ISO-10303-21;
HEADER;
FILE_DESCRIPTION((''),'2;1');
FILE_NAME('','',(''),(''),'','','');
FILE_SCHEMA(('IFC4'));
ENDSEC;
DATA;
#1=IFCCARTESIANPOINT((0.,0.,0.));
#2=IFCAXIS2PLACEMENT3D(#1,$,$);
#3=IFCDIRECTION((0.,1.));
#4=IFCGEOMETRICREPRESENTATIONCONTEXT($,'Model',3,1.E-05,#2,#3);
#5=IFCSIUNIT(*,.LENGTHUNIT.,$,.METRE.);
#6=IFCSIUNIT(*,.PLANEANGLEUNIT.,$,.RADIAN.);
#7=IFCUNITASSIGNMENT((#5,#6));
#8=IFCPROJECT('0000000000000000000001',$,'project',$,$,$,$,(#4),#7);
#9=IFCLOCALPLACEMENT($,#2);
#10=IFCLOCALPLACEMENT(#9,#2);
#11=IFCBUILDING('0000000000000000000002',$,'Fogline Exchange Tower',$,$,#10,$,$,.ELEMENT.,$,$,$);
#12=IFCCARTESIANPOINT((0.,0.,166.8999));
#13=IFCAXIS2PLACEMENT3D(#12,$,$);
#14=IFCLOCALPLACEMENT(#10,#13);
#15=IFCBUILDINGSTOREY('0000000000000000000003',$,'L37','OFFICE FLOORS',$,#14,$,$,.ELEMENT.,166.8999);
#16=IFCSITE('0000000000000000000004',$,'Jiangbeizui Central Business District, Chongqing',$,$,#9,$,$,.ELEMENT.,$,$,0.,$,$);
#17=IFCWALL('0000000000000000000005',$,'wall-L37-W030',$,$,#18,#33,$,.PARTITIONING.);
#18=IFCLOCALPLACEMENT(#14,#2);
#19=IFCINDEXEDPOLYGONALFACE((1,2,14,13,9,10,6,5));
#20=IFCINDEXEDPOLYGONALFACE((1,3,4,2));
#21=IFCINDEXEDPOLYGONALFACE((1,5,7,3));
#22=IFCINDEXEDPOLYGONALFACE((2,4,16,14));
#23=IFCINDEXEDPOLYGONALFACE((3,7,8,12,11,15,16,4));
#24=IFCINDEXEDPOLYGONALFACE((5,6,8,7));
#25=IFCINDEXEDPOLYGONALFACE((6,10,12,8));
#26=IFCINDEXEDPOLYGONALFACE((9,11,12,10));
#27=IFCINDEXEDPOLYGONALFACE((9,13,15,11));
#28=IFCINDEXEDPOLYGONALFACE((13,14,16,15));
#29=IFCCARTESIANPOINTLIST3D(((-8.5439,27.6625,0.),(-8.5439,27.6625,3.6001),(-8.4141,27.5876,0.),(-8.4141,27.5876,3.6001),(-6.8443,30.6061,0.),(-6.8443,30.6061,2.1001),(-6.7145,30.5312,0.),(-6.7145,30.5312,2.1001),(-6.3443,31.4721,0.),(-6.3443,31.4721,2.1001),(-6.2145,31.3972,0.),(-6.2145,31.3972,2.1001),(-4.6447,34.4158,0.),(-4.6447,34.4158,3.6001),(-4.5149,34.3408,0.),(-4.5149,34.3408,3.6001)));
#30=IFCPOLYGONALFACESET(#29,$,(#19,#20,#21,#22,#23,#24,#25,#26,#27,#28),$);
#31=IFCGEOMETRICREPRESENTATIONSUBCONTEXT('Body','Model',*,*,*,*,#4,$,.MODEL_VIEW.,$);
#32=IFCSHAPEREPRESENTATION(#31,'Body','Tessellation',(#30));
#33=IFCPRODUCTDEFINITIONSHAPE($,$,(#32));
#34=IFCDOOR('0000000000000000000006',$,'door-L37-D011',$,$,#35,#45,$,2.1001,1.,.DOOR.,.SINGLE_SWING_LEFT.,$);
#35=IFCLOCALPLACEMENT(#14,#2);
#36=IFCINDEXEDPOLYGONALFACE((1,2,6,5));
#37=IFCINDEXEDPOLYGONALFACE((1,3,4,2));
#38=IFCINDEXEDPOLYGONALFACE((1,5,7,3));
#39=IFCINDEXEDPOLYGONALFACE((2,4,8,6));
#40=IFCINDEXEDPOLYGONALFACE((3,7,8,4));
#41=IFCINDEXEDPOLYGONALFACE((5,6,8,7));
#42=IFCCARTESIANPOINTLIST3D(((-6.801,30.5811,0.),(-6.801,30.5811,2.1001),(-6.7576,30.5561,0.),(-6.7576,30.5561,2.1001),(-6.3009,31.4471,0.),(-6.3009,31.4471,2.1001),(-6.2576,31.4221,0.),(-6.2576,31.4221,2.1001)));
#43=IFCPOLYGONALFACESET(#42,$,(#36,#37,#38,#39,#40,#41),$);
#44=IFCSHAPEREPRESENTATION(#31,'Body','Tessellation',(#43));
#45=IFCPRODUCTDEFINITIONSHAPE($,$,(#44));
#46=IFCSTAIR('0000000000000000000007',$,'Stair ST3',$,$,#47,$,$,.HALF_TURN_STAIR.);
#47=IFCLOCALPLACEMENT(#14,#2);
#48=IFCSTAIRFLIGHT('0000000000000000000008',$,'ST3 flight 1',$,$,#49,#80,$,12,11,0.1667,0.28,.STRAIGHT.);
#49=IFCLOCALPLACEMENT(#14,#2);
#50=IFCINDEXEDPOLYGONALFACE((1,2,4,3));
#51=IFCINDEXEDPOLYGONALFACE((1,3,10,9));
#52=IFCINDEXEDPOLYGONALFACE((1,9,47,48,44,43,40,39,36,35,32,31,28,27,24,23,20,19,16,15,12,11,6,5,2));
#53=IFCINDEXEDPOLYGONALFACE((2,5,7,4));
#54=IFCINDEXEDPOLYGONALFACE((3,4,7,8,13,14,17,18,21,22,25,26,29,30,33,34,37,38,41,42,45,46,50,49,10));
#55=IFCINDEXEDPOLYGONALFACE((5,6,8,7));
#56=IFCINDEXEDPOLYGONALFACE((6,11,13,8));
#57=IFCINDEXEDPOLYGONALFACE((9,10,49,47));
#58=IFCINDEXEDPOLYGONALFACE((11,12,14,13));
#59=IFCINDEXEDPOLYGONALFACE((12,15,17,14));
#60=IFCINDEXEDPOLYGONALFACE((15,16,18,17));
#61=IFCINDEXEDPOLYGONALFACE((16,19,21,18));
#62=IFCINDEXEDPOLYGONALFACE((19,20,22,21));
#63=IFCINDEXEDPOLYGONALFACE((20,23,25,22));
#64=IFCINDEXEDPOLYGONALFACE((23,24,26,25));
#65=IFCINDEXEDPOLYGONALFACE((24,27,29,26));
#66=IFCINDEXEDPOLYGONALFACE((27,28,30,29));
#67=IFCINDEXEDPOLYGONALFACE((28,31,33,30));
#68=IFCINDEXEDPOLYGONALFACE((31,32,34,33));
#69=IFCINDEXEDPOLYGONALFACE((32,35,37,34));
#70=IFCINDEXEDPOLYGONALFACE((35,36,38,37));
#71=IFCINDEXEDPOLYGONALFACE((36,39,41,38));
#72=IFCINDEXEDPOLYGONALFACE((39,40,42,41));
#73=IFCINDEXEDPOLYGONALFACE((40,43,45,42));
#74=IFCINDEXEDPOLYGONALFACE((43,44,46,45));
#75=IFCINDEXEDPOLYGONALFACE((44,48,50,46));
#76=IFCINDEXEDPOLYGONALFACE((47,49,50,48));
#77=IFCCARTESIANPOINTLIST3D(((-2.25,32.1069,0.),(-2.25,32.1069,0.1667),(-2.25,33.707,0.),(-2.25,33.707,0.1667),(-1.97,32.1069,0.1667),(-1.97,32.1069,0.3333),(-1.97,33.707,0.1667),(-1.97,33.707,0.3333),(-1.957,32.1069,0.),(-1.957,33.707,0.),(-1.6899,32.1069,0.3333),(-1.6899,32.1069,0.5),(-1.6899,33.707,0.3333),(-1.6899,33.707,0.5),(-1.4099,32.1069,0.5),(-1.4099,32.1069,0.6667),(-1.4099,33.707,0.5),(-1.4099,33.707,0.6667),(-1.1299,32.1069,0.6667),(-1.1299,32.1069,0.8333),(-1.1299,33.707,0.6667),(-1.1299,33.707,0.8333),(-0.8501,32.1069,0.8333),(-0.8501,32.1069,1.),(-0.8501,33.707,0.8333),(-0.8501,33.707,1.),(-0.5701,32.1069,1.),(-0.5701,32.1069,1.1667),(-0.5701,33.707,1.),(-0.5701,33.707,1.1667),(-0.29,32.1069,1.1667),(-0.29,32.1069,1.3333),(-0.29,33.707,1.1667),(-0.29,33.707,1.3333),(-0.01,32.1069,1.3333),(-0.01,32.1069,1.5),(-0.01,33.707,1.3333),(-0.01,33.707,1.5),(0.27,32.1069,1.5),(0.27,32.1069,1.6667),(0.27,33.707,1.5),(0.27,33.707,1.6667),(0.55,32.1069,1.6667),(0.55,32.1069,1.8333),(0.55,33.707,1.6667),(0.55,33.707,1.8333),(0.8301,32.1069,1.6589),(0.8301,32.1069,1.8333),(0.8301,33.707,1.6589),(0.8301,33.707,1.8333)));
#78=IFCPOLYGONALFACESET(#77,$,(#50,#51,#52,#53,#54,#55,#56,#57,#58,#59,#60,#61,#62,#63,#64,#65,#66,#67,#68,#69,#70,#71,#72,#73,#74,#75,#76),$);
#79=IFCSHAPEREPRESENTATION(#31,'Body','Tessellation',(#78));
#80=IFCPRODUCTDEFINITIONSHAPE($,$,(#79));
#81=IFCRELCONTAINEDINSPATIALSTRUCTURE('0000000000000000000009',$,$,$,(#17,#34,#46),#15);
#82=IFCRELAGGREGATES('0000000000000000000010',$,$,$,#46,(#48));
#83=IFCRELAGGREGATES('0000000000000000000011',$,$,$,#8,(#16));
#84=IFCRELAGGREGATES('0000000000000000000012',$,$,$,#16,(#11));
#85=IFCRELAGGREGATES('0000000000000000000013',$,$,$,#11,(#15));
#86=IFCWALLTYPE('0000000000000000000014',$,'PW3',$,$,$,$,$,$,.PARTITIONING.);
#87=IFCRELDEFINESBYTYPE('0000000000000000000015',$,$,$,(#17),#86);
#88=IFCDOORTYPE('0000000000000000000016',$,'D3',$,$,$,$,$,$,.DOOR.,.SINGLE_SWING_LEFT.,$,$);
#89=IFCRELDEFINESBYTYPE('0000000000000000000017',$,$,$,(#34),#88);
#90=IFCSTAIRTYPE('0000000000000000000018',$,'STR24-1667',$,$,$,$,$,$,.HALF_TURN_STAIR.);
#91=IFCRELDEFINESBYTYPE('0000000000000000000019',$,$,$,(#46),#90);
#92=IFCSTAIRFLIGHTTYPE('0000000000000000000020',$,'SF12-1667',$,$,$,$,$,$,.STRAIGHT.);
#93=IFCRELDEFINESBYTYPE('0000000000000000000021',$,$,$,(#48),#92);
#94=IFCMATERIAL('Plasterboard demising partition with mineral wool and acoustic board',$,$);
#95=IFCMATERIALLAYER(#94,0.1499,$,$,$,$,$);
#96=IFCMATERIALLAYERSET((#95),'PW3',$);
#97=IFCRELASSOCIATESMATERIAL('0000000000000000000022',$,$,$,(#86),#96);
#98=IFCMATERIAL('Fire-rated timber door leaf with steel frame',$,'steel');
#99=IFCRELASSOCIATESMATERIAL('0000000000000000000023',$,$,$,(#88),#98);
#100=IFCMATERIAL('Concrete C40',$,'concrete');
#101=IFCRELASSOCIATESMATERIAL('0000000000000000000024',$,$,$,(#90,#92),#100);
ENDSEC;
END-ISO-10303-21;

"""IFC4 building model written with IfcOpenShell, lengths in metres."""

from ifc_helpers import new_model, si_unit, direction, frame, frame_2d, origin, place, context, subcontext, project, spatial, polyline, rectangle, outline, extrude, material, layer, layer_set, type_object, element, fill, aggregate, save


model = new_model("IFC4")

# Units and contexts
model_context = context("Model", 3, precision=1e-05, world=origin(), true_north=direction((0.0, 1.0)))
body_context = subcontext(model_context, "Body", "Model", "MODEL_VIEW")
ifc_project = project(units=[si_unit("LENGTHUNIT", "METRE"), si_unit("PLANEANGLEUNIT", "RADIAN")], contexts=[model_context])

# Site, building, storey
site_placement = place(None, origin())
site = spatial("IfcSite", under=ifc_project, at=site_placement, Name="Jiangbeizui Central Business District, Chongqing", CompositionType="ELEMENT", RefElevation=0.0)
building_placement = place(site_placement, origin())
building = spatial("IfcBuilding", under=site, at=building_placement, Name="Fogline Exchange Tower", CompositionType="ELEMENT")
storey_placement = place(building_placement, frame((0.0, 0.0, 166.8999)))
storey = spatial("IfcBuildingStorey", under=building, at=storey_placement, Name="L37", Description="OFFICE FLOORS", CompositionType="ELEMENT", Elevation=166.8999)

# Shared definitions
ifc_material_1 = material(Name="Concrete C40", Category="concrete")

# Shared definitions
ifc_material_2 = material(Name="Plasterboard demising partition with mineral wool and acoustic board")
ifc_layer_1 = layer(ifc_material_2, 0.1499)
ifc_layer_set_1 = layer_set([ifc_layer_1], Name="PW3")
wall_type_1 = type_object("IfcWallType", Name="PW3", PredefinedType="PARTITIONING", material=ifc_layer_set_1)

# Wall, opening, door
wall_1_placement = place(storey_placement, frame((-4.5798, 34.3782, 0.0), z_axis=(0.0, 0.0, 1.0), x_axis=(-0.500021, -0.866013, 0.0)))
wall_1 = element("IfcWall", 1, at=wall_1_placement, inside=storey, type_object=wall_type_1, Name="wall-L37-W030", PredefinedType="PARTITIONING", context=body_context, shape_type="SweptSolid", body=[
    extrude(rectangle(XDim=7.7981, YDim=0.1499, at=frame_2d((3.8989, 0.0))), origin(), (0.0, 0.0, 1.0), 3.6001),
])
opening_1_placement = place(wall_1_placement, frame((3.3989, 0.0, 0.0)))
opening_1 = element("IfcOpeningElement", 2, at=opening_1_placement, cuts=wall_1, PredefinedType="OPENING", context=body_context, shape_type="SweptSolid", body=[
    extrude(rectangle(XDim=1.0, YDim=2.1001, at=frame_2d((0.5, 1.05))), frame((0.0, 0.085, 0.0), z_axis=(0.0, -1.0, 0.0), x_axis=(1.0, 0.0, 0.0)), (0.0, 0.0, 1.0), 0.1699),
])
ifc_material_3 = material(Name="Fire-rated timber door leaf with steel frame", Category="steel")
door_type_1 = type_object("IfcDoorType", Name="D3", OperationType="SINGLE_SWING_LEFT", PredefinedType="DOOR", material=ifc_material_3)
door_1_placement = place(opening_1_placement, frame((1.0, 0.0, 0.0), z_axis=(0.0, 0.0, 1.0), x_axis=(-1.0, 0.0, 0.0)))
door_1 = element("IfcDoor", 3, at=door_1_placement, inside=storey, type_object=door_type_1, Name="door-L37-D011", OperationType="SINGLE_SWING_LEFT", OverallHeight=2.1001, OverallWidth=1.0, PredefinedType="DOOR", context=body_context, shape_type="SweptSolid", body=[
    extrude(rectangle(XDim=1.0, YDim=2.1001, at=frame_2d((0.5, 1.05))), frame((0.0, 0.0249, 0.0), z_axis=(0.0, -1.0, 0.0), x_axis=(1.0, 0.0, 0.0)), (0.0, 0.0, 1.0), 0.05),
])
fill(opening_1, door_1)

# Stair, stair flight
stair_type = type_object("IfcStairType", Name="STR24-1667", PredefinedType="HALF_TURN_STAIR", material=ifc_material_1)
stair_placement = place(storey_placement, origin())
stair = element("IfcStair", 4, at=stair_placement, inside=storey, type_object=stair_type, Name="Stair ST3", PredefinedType="HALF_TURN_STAIR")
stair_flight_type = type_object("IfcStairFlightType", Name="SF12-1667", PredefinedType="STRAIGHT", material=ifc_material_1)
stair_flight_placement = place(storey_placement, frame((-2.25, 32.907, 0.0), z_axis=(0.0, 0.0, 1.0), x_axis=(1.0, 0.0, 0.0)))
stair_flight = element("IfcStairFlight", 5, at=stair_flight_placement, type_object=stair_flight_type, Name="ST3 flight 1", NumberOfRisers=12, NumberOfTreads=11, PredefinedType="STRAIGHT", RiserHeight=0.1667, TreadLength=0.28, context=body_context, shape_type="SweptSolid", body=[
    extrude(outline(polyline([(0.0, 0.0), (0.0, 0.1667), (0.28, 0.1667), (0.28, 0.3333), (0.5601, 0.3333), (0.5601, 0.5), (0.8401, 0.5), (0.8401, 0.6667), (1.1201, 0.6667), (1.1201, 0.8333), (1.3999, 0.8333), (1.3999, 1.0), (1.6799, 1.0), (1.6799, 1.1667), (1.96, 1.1667), (1.96, 1.3333), (2.24, 1.3333), (2.24, 1.5), (2.52, 1.5), (2.52, 1.6667), (2.8, 1.6667), (2.8, 1.8333), (3.0801, 1.8333), (3.0801, 2.0), (3.0801, 1.6589), (0.293, 0.0), (0.0, 0.0)])), frame((0.0, 0.8, 0.0), z_axis=(0.0, -1.0, 0.0), x_axis=(1.0, 0.0, 0.0)), (0.0, 0.0, 1.0), 1.6001),
])
aggregate(stair, [stair_flight])

save(model, "model.ifc")
